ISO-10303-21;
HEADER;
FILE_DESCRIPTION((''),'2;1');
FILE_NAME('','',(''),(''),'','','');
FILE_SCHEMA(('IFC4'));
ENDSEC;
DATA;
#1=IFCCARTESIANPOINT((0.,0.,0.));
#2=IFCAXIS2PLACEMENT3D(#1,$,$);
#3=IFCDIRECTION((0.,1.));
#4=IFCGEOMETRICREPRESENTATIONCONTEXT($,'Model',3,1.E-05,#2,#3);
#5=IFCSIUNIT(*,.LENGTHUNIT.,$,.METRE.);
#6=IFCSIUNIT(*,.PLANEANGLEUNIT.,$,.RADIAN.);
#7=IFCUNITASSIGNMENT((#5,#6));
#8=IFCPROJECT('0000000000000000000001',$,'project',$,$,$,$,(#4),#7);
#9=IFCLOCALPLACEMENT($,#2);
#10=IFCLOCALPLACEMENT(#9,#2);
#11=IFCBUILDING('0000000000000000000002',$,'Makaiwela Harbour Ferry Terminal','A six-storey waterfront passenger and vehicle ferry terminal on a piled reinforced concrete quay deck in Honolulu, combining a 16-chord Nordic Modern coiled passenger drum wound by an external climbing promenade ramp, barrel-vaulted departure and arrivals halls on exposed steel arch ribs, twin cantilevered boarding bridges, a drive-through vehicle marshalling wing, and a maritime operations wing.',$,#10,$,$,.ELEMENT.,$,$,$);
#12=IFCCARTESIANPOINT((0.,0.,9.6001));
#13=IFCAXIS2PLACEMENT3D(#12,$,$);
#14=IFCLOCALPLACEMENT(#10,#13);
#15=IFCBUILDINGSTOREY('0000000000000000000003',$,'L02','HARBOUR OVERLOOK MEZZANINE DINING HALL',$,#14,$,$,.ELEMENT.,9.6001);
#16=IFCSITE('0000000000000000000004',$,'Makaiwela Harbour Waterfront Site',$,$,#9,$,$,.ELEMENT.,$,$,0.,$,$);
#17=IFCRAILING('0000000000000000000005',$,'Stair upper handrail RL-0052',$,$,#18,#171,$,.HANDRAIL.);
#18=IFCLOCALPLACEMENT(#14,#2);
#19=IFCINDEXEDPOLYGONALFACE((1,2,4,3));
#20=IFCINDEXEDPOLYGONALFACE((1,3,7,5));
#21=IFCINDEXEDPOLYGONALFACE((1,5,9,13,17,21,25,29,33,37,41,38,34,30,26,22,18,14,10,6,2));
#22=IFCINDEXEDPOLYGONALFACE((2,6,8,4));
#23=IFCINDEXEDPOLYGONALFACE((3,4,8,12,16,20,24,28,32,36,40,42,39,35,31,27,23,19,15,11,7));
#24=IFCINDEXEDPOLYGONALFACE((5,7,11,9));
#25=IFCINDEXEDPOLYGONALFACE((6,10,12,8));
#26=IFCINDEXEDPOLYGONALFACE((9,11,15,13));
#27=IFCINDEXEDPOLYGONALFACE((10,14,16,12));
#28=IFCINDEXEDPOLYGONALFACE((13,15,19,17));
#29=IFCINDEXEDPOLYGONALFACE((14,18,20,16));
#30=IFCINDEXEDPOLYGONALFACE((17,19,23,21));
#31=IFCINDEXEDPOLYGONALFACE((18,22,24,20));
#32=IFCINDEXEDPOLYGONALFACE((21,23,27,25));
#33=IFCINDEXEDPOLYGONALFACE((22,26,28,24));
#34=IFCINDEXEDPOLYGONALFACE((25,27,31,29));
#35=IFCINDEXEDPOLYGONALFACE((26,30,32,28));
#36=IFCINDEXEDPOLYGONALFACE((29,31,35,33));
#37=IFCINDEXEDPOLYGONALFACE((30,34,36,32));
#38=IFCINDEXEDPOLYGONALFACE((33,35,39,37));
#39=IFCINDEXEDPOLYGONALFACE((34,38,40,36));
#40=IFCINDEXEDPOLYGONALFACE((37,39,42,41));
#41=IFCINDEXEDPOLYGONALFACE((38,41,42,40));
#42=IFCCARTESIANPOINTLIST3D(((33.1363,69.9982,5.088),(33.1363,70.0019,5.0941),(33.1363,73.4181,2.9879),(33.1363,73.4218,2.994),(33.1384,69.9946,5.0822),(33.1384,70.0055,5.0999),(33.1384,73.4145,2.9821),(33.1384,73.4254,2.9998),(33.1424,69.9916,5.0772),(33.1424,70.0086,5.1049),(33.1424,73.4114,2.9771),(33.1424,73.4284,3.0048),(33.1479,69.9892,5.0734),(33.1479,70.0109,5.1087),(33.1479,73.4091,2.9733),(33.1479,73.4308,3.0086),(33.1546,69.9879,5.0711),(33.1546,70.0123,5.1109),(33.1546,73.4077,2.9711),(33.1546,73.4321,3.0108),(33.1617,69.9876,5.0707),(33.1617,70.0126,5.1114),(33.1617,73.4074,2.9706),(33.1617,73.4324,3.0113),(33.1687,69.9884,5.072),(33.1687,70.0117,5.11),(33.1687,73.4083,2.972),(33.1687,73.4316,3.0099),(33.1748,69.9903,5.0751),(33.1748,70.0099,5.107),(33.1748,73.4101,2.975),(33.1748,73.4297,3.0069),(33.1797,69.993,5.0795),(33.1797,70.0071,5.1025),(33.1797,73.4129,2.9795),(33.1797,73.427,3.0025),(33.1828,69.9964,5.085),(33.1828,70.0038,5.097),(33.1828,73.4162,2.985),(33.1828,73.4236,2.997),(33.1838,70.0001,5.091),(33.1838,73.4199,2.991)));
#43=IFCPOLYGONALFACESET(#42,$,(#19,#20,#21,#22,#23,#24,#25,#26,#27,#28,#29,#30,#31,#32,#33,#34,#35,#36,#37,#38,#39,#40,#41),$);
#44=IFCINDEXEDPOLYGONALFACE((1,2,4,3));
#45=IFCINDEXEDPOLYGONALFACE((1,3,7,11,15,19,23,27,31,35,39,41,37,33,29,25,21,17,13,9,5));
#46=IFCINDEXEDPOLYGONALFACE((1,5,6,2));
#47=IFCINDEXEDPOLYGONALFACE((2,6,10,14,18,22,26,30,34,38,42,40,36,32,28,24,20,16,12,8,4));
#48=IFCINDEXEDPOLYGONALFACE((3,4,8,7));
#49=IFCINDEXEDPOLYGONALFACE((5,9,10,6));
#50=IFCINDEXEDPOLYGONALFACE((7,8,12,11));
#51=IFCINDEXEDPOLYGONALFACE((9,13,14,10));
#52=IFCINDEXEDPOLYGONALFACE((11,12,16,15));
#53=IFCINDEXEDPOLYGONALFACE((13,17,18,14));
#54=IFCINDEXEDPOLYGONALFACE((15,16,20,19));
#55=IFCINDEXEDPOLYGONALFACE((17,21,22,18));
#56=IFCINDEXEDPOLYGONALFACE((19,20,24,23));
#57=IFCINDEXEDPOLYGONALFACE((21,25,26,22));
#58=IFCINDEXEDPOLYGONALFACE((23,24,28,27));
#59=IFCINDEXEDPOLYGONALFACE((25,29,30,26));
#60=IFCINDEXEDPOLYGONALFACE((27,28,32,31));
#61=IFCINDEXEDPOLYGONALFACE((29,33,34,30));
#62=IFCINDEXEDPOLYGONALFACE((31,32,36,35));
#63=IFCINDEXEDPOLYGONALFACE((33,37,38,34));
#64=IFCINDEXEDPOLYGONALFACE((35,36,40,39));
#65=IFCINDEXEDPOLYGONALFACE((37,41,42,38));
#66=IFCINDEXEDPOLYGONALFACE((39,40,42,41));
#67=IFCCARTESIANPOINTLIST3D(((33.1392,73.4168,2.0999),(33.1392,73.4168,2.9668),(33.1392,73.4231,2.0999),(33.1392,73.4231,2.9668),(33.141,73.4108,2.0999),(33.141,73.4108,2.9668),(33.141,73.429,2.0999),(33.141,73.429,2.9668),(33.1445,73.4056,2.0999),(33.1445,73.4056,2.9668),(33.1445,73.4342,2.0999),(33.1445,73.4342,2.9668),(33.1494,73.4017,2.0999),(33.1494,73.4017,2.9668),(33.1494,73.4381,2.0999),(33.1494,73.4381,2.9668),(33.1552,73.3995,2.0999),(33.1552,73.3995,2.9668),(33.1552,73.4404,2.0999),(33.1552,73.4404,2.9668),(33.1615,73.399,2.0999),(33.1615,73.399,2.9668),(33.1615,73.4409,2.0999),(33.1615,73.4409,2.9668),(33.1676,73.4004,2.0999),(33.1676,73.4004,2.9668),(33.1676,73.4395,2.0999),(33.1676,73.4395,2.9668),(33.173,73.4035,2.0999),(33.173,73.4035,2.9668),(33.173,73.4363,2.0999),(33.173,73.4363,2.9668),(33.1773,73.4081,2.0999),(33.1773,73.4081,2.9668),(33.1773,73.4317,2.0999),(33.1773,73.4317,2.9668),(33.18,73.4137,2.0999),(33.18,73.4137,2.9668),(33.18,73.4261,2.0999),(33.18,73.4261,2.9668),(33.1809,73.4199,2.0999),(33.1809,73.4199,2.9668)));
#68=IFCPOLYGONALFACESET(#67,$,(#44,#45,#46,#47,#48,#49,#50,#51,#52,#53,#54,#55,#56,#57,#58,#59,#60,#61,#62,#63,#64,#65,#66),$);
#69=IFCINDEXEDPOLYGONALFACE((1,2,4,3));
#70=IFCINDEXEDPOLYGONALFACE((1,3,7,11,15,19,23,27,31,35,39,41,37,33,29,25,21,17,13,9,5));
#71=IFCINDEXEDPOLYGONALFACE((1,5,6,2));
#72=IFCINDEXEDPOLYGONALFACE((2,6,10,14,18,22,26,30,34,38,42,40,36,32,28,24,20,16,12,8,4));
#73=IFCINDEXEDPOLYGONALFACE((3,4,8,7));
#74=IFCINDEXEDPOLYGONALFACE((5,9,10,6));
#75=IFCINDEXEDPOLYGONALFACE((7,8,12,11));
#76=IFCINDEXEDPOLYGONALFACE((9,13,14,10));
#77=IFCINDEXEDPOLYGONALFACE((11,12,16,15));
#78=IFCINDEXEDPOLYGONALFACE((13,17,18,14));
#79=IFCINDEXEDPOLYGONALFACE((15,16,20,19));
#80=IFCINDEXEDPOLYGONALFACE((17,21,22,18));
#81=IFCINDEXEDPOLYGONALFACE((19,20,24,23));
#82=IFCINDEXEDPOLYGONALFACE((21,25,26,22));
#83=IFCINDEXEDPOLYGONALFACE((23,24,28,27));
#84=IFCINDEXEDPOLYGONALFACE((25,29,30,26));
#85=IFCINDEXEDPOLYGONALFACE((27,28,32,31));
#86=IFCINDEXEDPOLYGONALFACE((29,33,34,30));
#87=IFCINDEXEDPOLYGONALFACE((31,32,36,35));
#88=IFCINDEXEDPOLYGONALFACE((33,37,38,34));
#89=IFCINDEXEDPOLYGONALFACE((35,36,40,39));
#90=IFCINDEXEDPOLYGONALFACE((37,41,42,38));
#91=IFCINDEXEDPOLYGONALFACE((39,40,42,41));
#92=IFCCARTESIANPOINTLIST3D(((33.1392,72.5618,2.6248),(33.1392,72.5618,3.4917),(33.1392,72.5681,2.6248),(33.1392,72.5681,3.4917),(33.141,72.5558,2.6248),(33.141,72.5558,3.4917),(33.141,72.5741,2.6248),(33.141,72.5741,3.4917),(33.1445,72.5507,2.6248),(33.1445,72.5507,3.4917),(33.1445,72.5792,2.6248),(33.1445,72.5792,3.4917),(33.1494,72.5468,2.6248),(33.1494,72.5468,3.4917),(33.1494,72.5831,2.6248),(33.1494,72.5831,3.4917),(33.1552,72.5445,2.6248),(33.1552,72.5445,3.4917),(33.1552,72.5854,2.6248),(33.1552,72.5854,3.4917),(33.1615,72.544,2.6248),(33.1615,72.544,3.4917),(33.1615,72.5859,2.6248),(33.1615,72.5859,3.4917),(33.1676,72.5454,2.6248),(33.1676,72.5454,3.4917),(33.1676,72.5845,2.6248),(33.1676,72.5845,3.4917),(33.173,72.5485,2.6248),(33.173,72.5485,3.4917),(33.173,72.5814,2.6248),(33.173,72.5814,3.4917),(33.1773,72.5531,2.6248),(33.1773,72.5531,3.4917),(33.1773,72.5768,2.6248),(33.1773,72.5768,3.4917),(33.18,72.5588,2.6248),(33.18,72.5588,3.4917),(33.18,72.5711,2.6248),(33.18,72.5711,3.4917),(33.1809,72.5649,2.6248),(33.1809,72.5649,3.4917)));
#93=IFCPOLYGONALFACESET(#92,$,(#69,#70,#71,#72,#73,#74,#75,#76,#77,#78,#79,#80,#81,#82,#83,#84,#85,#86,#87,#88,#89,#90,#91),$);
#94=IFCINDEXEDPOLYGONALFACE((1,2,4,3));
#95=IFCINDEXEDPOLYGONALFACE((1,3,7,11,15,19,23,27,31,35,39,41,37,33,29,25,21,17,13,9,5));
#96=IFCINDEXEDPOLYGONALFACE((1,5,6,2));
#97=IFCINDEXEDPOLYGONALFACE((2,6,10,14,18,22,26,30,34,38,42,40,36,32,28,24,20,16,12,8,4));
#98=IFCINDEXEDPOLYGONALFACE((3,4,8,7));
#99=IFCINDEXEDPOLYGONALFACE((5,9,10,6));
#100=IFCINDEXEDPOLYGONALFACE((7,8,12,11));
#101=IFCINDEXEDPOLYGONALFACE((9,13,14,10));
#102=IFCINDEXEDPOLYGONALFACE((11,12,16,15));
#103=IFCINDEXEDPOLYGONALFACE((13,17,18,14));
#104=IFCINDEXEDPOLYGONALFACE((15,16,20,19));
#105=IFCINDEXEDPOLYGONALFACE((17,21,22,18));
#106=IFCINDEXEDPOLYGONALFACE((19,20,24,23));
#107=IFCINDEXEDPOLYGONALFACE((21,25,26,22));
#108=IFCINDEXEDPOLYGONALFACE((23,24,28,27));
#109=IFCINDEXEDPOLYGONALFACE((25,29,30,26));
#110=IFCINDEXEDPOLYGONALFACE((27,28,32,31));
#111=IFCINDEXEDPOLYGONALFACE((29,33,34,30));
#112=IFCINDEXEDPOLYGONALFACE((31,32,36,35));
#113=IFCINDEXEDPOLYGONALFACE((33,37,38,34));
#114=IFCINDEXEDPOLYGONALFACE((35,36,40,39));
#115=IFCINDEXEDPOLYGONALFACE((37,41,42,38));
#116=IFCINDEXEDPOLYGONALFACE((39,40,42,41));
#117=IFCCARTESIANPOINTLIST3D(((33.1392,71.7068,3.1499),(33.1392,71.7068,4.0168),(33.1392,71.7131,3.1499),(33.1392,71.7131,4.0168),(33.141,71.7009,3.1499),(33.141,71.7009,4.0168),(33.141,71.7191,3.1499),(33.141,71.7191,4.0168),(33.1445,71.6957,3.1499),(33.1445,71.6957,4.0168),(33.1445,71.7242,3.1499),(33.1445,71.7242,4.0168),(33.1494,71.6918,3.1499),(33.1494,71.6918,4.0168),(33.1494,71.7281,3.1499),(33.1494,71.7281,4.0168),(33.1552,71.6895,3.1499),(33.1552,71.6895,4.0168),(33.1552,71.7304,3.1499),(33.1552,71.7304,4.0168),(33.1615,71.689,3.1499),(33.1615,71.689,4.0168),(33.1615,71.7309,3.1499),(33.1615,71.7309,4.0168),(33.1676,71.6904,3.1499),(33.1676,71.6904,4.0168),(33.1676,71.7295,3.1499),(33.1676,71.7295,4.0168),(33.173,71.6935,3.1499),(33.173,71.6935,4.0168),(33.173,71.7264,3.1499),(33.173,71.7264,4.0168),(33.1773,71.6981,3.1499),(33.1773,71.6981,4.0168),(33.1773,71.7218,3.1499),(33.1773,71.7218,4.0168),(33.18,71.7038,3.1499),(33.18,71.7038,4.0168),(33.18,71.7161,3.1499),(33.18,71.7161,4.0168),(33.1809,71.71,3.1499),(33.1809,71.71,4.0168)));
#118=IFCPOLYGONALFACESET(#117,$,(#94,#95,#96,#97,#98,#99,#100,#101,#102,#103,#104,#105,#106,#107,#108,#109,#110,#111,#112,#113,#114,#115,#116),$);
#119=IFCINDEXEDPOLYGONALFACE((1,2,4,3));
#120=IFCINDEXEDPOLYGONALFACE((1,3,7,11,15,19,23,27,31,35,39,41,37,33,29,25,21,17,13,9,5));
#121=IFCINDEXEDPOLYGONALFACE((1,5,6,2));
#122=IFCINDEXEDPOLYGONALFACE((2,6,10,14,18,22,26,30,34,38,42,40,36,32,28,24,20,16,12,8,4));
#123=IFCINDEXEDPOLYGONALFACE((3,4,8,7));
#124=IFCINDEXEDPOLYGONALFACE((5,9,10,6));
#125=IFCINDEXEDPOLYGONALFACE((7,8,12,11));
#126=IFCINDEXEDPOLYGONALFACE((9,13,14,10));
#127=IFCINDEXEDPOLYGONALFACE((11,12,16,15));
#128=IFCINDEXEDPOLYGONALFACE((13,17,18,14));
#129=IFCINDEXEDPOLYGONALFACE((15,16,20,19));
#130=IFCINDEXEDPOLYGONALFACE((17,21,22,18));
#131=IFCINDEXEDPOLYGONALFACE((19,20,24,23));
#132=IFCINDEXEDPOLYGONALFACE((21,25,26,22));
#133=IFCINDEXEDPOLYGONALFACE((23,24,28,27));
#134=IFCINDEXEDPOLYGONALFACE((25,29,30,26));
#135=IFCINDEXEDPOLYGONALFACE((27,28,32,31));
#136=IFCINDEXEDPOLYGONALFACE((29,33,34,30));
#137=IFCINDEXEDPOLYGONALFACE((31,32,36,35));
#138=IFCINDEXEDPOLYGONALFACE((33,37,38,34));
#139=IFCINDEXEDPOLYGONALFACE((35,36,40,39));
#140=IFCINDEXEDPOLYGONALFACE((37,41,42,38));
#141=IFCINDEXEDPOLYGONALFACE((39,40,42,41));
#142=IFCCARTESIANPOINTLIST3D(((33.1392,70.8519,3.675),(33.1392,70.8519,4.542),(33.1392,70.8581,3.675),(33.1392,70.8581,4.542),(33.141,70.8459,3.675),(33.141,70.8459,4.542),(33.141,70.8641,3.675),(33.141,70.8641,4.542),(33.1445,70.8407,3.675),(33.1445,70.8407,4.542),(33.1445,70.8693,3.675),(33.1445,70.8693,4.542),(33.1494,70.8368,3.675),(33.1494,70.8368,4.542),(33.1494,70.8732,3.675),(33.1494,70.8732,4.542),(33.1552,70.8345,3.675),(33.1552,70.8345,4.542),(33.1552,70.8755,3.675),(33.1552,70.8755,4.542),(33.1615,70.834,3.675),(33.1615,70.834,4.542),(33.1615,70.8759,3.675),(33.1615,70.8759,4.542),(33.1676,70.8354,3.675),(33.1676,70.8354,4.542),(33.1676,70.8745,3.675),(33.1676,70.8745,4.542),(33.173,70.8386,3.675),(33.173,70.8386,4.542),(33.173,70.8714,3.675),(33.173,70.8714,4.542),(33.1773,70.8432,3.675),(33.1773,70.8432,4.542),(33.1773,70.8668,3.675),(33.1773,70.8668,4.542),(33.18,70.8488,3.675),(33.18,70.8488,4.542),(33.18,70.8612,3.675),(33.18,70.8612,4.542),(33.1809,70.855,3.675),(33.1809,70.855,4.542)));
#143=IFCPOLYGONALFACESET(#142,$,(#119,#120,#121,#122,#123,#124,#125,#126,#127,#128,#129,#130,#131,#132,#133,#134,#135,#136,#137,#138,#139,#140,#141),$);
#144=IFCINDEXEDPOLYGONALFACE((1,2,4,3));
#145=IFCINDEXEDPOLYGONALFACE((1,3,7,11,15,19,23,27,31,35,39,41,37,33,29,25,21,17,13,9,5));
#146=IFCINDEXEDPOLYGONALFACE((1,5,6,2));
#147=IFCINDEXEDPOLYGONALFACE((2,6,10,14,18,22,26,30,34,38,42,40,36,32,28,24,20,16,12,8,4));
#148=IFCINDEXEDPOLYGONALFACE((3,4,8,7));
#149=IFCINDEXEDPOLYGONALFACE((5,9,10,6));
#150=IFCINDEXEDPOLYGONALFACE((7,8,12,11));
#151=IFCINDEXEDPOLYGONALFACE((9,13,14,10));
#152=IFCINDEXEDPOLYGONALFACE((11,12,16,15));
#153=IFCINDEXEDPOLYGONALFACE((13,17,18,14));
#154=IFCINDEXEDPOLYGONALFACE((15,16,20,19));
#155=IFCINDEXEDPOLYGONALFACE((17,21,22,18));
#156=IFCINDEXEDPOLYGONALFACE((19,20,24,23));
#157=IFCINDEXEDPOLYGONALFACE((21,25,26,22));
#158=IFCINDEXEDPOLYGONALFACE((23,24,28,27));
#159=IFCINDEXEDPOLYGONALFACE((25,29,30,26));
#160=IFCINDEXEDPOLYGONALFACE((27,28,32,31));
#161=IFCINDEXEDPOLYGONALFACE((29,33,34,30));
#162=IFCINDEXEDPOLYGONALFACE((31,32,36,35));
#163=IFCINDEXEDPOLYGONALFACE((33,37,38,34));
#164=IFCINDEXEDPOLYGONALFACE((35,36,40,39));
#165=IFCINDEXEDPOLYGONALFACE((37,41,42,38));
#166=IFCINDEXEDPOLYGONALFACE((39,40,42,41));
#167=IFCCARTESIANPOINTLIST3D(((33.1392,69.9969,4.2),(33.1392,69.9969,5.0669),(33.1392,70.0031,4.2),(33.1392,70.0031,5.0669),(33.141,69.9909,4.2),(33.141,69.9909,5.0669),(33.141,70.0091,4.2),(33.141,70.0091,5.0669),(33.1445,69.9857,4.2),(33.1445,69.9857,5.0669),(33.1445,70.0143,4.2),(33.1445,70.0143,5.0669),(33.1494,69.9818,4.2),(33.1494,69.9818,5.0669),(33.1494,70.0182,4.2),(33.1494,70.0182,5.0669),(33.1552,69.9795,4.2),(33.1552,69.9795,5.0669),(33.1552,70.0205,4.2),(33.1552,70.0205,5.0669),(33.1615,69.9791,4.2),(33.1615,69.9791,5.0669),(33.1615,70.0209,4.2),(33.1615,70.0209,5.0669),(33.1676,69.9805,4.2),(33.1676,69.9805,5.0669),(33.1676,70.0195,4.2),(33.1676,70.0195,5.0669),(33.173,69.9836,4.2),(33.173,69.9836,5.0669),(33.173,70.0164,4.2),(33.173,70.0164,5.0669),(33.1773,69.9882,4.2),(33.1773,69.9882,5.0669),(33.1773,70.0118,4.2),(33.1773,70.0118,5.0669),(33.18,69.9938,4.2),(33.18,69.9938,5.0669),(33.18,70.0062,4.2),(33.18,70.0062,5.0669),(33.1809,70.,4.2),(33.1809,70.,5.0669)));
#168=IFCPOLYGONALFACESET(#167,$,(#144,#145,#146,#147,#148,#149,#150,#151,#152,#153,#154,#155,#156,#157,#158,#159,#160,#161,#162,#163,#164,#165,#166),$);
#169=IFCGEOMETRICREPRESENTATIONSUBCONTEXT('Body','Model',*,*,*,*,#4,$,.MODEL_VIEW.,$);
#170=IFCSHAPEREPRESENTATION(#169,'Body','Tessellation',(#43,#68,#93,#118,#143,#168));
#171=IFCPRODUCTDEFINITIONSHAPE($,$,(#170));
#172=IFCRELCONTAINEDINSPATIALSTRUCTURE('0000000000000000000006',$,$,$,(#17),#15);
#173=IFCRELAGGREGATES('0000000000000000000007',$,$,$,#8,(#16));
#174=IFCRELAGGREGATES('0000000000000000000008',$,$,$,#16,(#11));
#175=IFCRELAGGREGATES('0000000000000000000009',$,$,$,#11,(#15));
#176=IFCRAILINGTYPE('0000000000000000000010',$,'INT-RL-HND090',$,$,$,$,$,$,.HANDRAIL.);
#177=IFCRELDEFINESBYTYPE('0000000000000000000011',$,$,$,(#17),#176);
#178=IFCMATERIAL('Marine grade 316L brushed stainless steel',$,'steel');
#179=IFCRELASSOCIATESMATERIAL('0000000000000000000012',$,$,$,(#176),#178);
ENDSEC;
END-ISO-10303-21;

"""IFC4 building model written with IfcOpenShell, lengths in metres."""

from ifc_helpers import new_model, si_unit, direction, frame, origin, origin_2d, place, context, subcontext, project, spatial, circle, extrude, material, type_object, element, save


model = new_model("IFC4")

# Units and contexts
model_context = context("Model", 3, precision=1e-05, world=origin(), true_north=direction((0.0, 1.0)))
body_context = subcontext(model_context, "Body", "Model", "MODEL_VIEW")
ifc_project = project(units=[si_unit("LENGTHUNIT", "METRE"), si_unit("PLANEANGLEUNIT", "RADIAN")], contexts=[model_context])

# Site, building, storey
site_placement = place(None, origin())
site = spatial("IfcSite", under=ifc_project, at=site_placement, Name="Makaiwela Harbour Waterfront Site", CompositionType="ELEMENT", RefElevation=0.0)
building_placement = place(site_placement, origin())
building = spatial("IfcBuilding", under=site, at=building_placement, Name="Makaiwela Harbour Ferry Terminal", Description="A six-storey waterfront passenger and vehicle ferry terminal on a piled reinforced concrete quay deck in Honolulu, combining a 16-chord Nordic Modern coiled passenger drum wound by an external climbing promenade ramp, barrel-vaulted departure and arrivals halls on exposed steel arch ribs, twin cantilevered boarding bridges, a drive-through vehicle marshalling wing, and a maritime operations wing.", CompositionType="ELEMENT")
storey_placement = place(building_placement, frame((0.0, 0.0, 9.6001)))
storey = spatial("IfcBuildingStorey", under=building, at=storey_placement, Name="L02", Description="HARBOUR OVERLOOK MEZZANINE DINING HALL", CompositionType="ELEMENT", Elevation=9.6001)

# Shared definitions
ifc_material_1 = material(Name="Marine grade 316L brushed stainless steel", Category="steel")

# Railing
railing_type_1 = type_object("IfcRailingType", Name="INT-RL-HND090", PredefinedType="HANDRAIL", material=ifc_material_1)
railing_1_placement = place(storey_placement, frame((33.1599, 73.4199, 2.0999)))
element("IfcRailing", 1, at=railing_1_placement, inside=storey, type_object=railing_type_1, Name="Stair upper handrail RL-0052", PredefinedType="HANDRAIL", context=body_context, shape_type="SweptSolid", body=[
    extrude(circle(Radius=0.0239, at=origin_2d()), frame((0.0, 0.0, 0.8911), z_axis=(0.0, -0.852155, 0.523289), x_axis=(1.0, 0.0, 0.0)), (0.0, 0.0, 1.0), 4.0132),
    extrude(circle(Radius=0.021, at=origin_2d()), origin(), (0.0, 0.0, 1.0), 0.8669),
    extrude(circle(Radius=0.021, at=origin_2d()), frame((0.0, -0.855, 0.5249)), (0.0, 0.0, 1.0), 0.8669),
    extrude(circle(Radius=0.021, at=origin_2d()), frame((0.0, -1.71, 1.05)), (0.0, 0.0, 1.0), 0.8669),
    extrude(circle(Radius=0.021, at=origin_2d()), frame((0.0, -2.5649, 1.5752)), (0.0, 0.0, 1.0), 0.8669),
    extrude(circle(Radius=0.021, at=origin_2d()), frame((0.0, -3.4199, 2.1001)), (0.0, 0.0, 1.0), 0.8669),
])

save(model, "model.ifc")
